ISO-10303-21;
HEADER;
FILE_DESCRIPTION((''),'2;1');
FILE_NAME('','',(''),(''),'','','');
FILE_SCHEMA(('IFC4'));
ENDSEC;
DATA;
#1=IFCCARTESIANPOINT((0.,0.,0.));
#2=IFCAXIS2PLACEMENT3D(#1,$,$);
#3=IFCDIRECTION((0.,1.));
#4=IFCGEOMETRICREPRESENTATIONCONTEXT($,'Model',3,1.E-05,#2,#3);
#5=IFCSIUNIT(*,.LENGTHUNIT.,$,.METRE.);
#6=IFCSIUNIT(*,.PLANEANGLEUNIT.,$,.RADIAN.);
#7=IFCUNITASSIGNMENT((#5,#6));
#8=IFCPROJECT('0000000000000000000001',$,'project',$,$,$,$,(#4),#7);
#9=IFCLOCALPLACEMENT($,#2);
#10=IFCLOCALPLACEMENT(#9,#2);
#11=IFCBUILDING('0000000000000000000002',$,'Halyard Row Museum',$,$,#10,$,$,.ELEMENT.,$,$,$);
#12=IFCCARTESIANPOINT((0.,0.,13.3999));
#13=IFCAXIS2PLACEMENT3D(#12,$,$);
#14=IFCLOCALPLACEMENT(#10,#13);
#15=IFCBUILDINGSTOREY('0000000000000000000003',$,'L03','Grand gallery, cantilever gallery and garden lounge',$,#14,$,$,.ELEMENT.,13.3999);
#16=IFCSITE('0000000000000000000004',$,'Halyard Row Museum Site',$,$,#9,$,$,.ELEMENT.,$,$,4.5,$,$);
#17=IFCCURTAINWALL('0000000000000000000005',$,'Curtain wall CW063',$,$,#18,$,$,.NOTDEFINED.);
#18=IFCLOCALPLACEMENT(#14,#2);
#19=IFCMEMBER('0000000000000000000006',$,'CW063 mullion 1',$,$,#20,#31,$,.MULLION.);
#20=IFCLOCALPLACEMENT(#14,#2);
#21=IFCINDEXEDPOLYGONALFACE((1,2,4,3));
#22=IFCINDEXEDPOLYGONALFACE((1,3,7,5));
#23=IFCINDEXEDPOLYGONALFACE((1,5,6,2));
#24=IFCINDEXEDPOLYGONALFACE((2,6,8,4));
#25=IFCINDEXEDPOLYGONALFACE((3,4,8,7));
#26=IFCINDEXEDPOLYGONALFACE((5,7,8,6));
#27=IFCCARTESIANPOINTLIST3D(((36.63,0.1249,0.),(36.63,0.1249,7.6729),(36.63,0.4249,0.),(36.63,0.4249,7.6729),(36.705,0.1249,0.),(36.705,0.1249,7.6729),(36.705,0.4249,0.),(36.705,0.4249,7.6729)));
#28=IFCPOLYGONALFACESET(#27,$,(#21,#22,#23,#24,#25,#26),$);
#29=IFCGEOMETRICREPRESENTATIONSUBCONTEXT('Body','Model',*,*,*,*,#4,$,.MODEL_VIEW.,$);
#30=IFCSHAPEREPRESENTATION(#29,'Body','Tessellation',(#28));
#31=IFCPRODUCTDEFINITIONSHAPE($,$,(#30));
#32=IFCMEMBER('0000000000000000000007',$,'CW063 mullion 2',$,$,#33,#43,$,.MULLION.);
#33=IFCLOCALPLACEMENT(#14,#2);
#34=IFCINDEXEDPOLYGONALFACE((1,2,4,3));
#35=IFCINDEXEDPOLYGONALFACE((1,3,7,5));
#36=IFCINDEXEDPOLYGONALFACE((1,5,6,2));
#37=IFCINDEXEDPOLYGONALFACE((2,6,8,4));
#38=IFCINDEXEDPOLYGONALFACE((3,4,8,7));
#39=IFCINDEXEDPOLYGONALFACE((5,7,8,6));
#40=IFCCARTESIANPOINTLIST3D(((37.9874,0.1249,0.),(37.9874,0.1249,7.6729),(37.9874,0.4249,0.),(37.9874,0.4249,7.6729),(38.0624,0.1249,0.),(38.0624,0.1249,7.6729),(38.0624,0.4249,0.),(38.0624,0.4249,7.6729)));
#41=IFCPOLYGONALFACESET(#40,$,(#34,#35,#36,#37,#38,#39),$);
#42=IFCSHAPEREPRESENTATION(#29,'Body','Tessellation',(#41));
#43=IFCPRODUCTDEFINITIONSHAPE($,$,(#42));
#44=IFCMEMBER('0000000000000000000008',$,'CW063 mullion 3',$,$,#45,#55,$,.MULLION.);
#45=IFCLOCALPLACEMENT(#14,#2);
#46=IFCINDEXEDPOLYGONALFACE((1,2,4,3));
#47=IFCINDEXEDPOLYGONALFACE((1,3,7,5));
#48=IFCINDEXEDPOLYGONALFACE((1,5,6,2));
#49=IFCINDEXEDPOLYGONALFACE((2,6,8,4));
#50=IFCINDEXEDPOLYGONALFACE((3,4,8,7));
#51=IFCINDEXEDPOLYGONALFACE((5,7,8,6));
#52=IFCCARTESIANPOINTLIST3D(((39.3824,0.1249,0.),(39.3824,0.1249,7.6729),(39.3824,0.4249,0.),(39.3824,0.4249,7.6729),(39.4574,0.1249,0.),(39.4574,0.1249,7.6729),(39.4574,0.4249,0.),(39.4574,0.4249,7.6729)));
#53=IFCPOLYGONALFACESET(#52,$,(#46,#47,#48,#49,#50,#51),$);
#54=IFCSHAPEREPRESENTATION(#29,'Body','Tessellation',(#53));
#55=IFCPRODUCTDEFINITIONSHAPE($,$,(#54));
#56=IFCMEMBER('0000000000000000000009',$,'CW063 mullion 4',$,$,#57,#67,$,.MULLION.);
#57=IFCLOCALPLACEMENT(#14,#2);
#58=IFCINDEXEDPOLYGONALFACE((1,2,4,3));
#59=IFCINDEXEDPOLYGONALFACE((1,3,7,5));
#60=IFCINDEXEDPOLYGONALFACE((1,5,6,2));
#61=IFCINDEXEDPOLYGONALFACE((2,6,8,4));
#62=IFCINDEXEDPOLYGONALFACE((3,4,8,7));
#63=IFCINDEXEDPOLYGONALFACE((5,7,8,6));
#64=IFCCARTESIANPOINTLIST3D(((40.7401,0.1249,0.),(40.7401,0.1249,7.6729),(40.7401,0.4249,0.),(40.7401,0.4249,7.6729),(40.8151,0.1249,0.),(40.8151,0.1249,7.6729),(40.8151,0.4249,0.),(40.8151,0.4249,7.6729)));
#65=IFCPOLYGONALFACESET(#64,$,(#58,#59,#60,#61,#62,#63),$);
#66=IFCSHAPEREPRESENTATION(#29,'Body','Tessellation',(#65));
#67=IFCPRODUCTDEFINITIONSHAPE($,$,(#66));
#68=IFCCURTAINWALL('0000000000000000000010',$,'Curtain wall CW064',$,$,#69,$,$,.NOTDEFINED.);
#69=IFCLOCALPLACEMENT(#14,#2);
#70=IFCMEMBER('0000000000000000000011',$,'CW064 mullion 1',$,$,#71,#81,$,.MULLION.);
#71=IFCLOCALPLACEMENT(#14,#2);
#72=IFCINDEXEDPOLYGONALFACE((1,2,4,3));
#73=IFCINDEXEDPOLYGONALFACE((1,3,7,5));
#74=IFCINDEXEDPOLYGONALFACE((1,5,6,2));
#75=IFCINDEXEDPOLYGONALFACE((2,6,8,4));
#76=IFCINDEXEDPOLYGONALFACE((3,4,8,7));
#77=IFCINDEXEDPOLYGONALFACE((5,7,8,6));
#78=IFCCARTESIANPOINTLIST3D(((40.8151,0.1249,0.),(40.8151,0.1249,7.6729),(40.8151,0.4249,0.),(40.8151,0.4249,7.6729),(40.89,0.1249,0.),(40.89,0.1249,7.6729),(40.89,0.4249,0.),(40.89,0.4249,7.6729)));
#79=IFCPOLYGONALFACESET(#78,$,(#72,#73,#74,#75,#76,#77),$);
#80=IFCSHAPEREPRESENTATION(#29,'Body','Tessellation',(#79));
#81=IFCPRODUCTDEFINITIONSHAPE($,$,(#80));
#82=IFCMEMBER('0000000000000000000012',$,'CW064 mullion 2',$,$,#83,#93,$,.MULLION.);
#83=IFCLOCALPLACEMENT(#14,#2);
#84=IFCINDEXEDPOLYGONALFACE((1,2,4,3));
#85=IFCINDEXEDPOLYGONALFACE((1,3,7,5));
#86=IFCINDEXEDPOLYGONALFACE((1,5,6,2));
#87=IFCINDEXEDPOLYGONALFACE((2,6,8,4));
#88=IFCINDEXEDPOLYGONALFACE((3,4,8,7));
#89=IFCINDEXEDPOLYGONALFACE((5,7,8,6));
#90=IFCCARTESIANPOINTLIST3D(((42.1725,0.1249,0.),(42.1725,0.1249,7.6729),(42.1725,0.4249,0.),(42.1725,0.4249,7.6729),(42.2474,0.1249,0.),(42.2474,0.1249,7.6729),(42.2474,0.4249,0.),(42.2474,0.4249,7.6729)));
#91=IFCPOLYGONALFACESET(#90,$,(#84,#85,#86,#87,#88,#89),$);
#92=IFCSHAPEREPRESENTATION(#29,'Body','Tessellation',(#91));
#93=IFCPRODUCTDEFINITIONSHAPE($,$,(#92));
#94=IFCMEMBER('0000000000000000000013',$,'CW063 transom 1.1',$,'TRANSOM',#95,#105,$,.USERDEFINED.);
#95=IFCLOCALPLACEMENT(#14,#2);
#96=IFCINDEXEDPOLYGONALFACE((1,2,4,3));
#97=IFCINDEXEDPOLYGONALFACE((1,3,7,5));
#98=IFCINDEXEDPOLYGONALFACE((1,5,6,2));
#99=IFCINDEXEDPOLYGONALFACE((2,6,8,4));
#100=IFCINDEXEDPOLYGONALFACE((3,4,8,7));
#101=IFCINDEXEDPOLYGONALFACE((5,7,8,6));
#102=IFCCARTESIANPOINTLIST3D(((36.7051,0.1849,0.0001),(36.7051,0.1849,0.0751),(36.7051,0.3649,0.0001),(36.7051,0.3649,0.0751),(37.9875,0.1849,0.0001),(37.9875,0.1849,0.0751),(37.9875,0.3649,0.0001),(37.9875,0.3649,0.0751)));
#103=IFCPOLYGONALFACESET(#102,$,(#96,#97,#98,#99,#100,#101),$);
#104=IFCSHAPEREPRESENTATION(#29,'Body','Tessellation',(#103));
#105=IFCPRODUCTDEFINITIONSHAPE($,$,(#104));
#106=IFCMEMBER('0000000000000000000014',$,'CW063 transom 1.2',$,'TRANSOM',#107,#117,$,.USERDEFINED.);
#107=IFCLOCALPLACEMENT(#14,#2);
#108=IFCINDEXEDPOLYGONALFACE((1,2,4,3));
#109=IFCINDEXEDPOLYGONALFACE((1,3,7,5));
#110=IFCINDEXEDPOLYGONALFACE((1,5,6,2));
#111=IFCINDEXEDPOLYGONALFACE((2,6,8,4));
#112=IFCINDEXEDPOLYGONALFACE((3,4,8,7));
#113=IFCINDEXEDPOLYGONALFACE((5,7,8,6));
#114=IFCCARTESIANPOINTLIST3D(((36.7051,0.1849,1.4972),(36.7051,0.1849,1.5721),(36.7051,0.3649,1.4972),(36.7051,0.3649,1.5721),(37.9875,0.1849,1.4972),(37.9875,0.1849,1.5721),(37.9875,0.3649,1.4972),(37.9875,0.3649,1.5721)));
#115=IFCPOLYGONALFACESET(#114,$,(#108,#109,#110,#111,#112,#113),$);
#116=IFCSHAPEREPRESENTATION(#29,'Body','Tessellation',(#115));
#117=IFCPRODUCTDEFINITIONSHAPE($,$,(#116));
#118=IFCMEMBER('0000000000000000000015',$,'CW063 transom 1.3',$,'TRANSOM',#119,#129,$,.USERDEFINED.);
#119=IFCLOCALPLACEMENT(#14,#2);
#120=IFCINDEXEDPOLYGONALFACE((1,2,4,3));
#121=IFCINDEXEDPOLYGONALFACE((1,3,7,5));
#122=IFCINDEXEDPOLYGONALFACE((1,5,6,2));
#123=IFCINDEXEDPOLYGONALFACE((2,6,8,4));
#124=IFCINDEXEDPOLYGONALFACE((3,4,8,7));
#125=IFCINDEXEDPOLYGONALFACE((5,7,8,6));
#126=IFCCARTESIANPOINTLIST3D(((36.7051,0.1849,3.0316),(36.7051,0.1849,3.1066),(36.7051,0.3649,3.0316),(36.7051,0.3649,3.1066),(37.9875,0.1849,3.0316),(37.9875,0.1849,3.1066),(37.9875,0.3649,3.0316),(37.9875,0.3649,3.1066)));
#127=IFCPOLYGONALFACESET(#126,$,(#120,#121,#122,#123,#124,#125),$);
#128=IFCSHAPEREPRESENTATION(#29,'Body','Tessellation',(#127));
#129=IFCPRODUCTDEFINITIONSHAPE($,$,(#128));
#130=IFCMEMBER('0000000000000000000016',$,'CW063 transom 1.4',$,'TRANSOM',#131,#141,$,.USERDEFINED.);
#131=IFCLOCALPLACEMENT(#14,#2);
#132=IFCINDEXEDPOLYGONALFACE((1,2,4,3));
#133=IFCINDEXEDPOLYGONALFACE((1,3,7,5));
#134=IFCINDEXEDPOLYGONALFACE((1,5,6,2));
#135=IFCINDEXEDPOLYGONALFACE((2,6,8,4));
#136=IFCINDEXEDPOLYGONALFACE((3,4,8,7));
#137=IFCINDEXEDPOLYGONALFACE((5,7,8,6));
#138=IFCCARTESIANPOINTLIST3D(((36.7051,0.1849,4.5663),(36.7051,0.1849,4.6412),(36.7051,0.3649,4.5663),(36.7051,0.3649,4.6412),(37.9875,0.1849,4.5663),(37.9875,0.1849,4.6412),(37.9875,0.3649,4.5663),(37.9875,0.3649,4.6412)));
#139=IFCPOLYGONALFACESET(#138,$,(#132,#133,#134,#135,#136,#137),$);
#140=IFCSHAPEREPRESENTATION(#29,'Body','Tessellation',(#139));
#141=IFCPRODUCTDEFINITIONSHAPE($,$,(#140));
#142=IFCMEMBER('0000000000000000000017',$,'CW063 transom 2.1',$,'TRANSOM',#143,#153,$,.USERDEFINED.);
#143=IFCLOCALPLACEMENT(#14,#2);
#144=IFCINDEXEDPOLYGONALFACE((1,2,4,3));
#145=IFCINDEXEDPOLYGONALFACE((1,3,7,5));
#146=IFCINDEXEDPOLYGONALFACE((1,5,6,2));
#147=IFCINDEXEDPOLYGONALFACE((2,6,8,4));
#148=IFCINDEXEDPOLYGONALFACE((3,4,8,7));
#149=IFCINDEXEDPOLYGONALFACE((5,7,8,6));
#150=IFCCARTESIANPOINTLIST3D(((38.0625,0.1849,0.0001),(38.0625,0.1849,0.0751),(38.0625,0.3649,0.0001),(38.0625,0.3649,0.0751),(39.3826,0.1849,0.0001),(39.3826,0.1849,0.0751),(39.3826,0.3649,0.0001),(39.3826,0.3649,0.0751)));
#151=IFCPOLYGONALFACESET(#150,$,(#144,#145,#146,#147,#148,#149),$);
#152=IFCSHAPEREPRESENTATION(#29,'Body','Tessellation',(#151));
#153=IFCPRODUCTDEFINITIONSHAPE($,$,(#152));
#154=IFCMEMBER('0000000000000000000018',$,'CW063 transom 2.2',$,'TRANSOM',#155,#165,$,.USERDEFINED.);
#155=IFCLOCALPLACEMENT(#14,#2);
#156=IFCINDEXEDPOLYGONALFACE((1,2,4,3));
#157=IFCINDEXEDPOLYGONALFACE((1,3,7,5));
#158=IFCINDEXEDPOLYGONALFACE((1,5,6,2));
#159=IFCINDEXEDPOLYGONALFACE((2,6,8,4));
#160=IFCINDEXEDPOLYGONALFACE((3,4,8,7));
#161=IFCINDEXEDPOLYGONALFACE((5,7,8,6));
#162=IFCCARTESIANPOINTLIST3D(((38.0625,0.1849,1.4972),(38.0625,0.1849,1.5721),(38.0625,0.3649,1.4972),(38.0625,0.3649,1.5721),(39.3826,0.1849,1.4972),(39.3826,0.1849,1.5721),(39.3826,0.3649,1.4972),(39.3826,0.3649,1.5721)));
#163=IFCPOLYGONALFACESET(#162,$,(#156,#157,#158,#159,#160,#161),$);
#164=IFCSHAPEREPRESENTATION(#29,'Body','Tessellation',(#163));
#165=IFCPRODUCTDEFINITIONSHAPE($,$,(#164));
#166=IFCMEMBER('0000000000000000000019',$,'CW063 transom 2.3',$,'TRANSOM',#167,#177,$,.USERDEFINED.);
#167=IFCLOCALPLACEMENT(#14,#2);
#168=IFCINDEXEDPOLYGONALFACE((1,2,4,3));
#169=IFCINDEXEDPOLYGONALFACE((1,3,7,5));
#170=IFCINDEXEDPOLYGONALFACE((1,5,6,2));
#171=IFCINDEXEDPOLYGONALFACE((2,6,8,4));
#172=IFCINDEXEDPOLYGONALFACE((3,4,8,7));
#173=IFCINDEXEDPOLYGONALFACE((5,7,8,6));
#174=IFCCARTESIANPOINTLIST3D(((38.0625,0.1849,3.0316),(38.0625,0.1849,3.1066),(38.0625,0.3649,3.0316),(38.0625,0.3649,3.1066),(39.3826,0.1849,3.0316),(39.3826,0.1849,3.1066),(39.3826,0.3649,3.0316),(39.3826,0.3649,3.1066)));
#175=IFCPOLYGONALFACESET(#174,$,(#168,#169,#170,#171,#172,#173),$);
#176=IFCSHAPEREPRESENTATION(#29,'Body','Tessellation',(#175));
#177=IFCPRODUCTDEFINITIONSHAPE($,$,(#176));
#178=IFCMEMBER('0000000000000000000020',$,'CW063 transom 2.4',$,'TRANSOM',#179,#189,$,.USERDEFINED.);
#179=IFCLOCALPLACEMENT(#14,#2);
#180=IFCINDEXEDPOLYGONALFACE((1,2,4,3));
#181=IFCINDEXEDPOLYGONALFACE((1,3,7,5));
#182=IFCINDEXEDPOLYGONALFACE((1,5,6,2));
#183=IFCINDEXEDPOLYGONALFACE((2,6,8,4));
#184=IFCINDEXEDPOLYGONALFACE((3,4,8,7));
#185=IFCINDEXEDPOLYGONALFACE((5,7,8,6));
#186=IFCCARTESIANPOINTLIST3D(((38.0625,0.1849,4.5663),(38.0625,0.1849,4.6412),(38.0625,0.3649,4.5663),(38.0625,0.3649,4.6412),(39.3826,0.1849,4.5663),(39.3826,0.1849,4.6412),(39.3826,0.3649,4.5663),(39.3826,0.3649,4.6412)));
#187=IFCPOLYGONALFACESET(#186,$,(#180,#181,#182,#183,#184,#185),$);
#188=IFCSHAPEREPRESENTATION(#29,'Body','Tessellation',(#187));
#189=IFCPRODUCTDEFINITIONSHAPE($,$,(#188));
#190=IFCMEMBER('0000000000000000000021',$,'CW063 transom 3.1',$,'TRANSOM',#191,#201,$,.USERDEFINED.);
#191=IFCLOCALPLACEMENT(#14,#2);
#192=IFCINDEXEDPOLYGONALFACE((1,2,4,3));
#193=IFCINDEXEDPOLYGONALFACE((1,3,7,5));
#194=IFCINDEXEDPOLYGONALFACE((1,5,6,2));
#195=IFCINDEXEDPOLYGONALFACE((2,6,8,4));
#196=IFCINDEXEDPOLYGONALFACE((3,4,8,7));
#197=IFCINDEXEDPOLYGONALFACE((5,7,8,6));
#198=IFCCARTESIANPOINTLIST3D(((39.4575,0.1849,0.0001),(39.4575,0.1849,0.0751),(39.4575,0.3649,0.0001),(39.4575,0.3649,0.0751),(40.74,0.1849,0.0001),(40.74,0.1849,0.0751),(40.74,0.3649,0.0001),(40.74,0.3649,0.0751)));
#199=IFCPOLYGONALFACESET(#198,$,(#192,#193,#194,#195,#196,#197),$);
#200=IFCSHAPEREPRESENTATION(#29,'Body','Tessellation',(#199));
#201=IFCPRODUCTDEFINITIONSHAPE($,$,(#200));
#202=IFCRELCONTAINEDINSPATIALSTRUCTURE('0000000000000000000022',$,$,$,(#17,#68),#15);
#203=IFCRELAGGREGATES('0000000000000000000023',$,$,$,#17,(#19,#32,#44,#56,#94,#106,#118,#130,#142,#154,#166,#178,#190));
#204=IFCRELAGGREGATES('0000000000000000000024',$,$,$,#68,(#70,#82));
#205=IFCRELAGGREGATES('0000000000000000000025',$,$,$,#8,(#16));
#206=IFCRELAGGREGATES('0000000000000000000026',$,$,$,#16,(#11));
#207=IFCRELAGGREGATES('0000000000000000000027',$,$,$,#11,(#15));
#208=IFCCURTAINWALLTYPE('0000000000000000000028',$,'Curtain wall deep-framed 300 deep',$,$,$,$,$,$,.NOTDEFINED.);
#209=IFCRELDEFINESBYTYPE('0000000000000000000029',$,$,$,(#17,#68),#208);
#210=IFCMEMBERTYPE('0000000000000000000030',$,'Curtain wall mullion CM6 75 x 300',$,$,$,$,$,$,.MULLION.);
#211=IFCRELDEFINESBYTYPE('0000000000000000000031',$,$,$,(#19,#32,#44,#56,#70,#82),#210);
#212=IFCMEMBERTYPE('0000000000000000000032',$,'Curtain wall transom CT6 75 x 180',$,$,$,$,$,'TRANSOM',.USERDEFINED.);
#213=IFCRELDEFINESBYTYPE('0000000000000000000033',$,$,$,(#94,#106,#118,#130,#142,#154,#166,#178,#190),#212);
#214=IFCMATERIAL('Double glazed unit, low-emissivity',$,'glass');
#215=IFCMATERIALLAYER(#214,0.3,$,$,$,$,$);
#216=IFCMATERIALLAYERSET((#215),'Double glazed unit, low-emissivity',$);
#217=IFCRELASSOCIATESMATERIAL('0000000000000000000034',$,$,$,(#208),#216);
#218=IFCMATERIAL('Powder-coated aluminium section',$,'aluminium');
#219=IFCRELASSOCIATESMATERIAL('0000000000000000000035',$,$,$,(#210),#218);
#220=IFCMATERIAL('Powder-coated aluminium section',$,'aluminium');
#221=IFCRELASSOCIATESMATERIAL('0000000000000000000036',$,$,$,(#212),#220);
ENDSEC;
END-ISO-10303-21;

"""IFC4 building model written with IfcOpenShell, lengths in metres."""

from ifc_helpers import new_model, si_unit, direction, frame, origin, origin_2d, place, context, subcontext, project, spatial, rectangle, extrude, material, layer, layer_set, material_profile, profile_set, type_object, element, aggregate, save


model = new_model("IFC4")

# Units and contexts
model_context = context("Model", 3, precision=1e-05, world=origin(), true_north=direction((0.0, 1.0)))
body_context = subcontext(model_context, "Body", "Model", "MODEL_VIEW")
ifc_project = project(units=[si_unit("LENGTHUNIT", "METRE"), si_unit("PLANEANGLEUNIT", "RADIAN")], contexts=[model_context])

# Site, building, storey
site_placement = place(None, origin())
site = spatial("IfcSite", under=ifc_project, at=site_placement, Name="Halyard Row Museum Site", CompositionType="ELEMENT", RefElevation=4.5)
building_placement = place(site_placement, origin())
building = spatial("IfcBuilding", under=site, at=building_placement, Name="Halyard Row Museum", CompositionType="ELEMENT")
storey_placement = place(building_placement, frame((0.0, 0.0, 13.3999)))
storey = spatial("IfcBuildingStorey", under=building, at=storey_placement, Name="L03", Description="Grand gallery, cantilever gallery and garden lounge", CompositionType="ELEMENT", Elevation=13.3999)

# Curtain walls, members
ifc_material_1 = material(Name="Double glazed unit, low-emissivity", Category="glass")
ifc_layer_1 = layer(ifc_material_1, 0.3)
ifc_layer_set_1 = layer_set([ifc_layer_1], Name="Double glazed unit, low-emissivity")
curtain_wall_type = type_object("IfcCurtainWallType", Name="Curtain wall deep-framed 300 deep", PredefinedType="NOTDEFINED", material=ifc_layer_set_1)
curtain_wall_1_placement = place(storey_placement, origin())
curtain_wall_1 = element("IfcCurtainWall", 1, at=curtain_wall_1_placement, inside=storey, type_object=curtain_wall_type, Name="Curtain wall CW063", PredefinedType="NOTDEFINED")
ifc_material_2 = material(Name="Powder-coated aluminium section", Category="aluminium")
ifc_material_profile_1 = material_profile(ifc_material_2, rectangle(XDim=0.3, YDim=0.075, at=origin_2d()), Name="300x75 mullion")
ifc_profile_set_1 = profile_set([ifc_material_profile_1], Name="Powder-coated aluminium section")
member_type_1 = type_object("IfcMemberType", Name="Curtain wall mullion CM6 75 x 300", PredefinedType="MULLION", material=ifc_profile_set_1)
member_1_placement = place(storey_placement, frame((36.6675, 0.2749, 0.0), z_axis=(0.0, 0.0, 1.0), x_axis=(0.0, 1.0, 0.0)))
member_1 = element("IfcMember", 2, at=member_1_placement, type_object=member_type_1, Name="CW063 mullion 1", PredefinedType="MULLION", context=body_context, shape_type="SweptSolid", body=[
    extrude(rectangle(XDim=0.3, YDim=0.075, at=origin_2d()), origin(), (0.0, 0.0, 1.0), 7.6729),
])
member_2_placement = place(storey_placement, frame((38.0249, 0.2749, 0.0), z_axis=(0.0, 0.0, 1.0), x_axis=(0.0, 1.0, 0.0)))
member_2 = element("IfcMember", 3, at=member_2_placement, type_object=member_type_1, Name="CW063 mullion 2", PredefinedType="MULLION", context=body_context, shape_type="SweptSolid", body=[
    extrude(rectangle(XDim=0.3, YDim=0.075, at=origin_2d()), origin(), (0.0, 0.0, 1.0), 7.6729),
])
member_3_placement = place(storey_placement, frame((39.4199, 0.2749, 0.0), z_axis=(0.0, 0.0, 1.0), x_axis=(0.0, 1.0, 0.0)))
member_3 = element("IfcMember", 4, at=member_3_placement, type_object=member_type_1, Name="CW063 mullion 3", PredefinedType="MULLION", context=body_context, shape_type="SweptSolid", body=[
    extrude(rectangle(XDim=0.3, YDim=0.075, at=origin_2d()), origin(), (0.0, 0.0, 1.0), 7.6729),
])
member_4_placement = place(storey_placement, frame((40.7776, 0.2749, 0.0), z_axis=(0.0, 0.0, 1.0), x_axis=(0.0, 1.0, 0.0)))
member_4 = element("IfcMember", 5, at=member_4_placement, type_object=member_type_1, Name="CW063 mullion 4", PredefinedType="MULLION", context=body_context, shape_type="SweptSolid", body=[
    extrude(rectangle(XDim=0.3, YDim=0.075, at=origin_2d()), origin(), (0.0, 0.0, 1.0), 7.6729),
])
curtain_wall_2_placement = place(storey_placement, origin())
curtain_wall_2 = element("IfcCurtainWall", 6, at=curtain_wall_2_placement, inside=storey, type_object=curtain_wall_type, Name="Curtain wall CW064", PredefinedType="NOTDEFINED")
member_5_placement = place(storey_placement, frame((40.8525, 0.2749, 0.0), z_axis=(0.0, 0.0, 1.0), x_axis=(0.0, 1.0, 0.0)))
member_5 = element("IfcMember", 7, at=member_5_placement, type_object=member_type_1, Name="CW064 mullion 1", PredefinedType="MULLION", context=body_context, shape_type="SweptSolid", body=[
    extrude(rectangle(XDim=0.3, YDim=0.075, at=origin_2d()), origin(), (0.0, 0.0, 1.0), 7.6729),
])
member_6_placement = place(storey_placement, frame((42.21, 0.2749, 0.0), z_axis=(0.0, 0.0, 1.0), x_axis=(0.0, 1.0, 0.0)))
member_6 = element("IfcMember", 8, at=member_6_placement, type_object=member_type_1, Name="CW064 mullion 2", PredefinedType="MULLION", context=body_context, shape_type="SweptSolid", body=[
    extrude(rectangle(XDim=0.3, YDim=0.075, at=origin_2d()), origin(), (0.0, 0.0, 1.0), 7.6729),
])

# Members
ifc_material_3 = material(Name="Powder-coated aluminium section", Category="aluminium")
ifc_material_profile_2 = material_profile(ifc_material_3, rectangle(XDim=0.1799, YDim=0.075, at=origin_2d()), Name="180x75 transom")
ifc_profile_set_2 = profile_set([ifc_material_profile_2], Name="Powder-coated aluminium section")
member_type_2 = type_object("IfcMemberType", Name="Curtain wall transom CT6 75 x 180", ElementType="TRANSOM", PredefinedType="USERDEFINED", material=ifc_profile_set_2)
member_7_placement = place(storey_placement, frame((36.7051, 0.2749, 0.0376), z_axis=(1.0, 0.0, 0.0), x_axis=(0.0, 1.0, 0.0)))
member_7 = element("IfcMember", 9, at=member_7_placement, type_object=member_type_2, Name="CW063 transom 1.1", ObjectType="TRANSOM", PredefinedType="USERDEFINED", context=body_context, shape_type="SweptSolid", body=[
    extrude(rectangle(XDim=0.1799, YDim=0.075, at=origin_2d()), origin(), (0.0, 0.0, 1.0), 1.2825),
])
member_8_placement = place(storey_placement, frame((36.7051, 0.2749, 1.5347), z_axis=(1.0, 0.0, 0.0), x_axis=(0.0, 1.0, 0.0)))
member_8 = element("IfcMember", 10, at=member_8_placement, type_object=member_type_2, Name="CW063 transom 1.2", ObjectType="TRANSOM", PredefinedType="USERDEFINED", context=body_context, shape_type="SweptSolid", body=[
    extrude(rectangle(XDim=0.1799, YDim=0.075, at=origin_2d()), origin(), (0.0, 0.0, 1.0), 1.2825),
])
member_9_placement = place(storey_placement, frame((36.7051, 0.2749, 3.0691), z_axis=(1.0, 0.0, 0.0), x_axis=(0.0, 1.0, 0.0)))
member_9 = element("IfcMember", 11, at=member_9_placement, type_object=member_type_2, Name="CW063 transom 1.3", ObjectType="TRANSOM", PredefinedType="USERDEFINED", context=body_context, shape_type="SweptSolid", body=[
    extrude(rectangle(XDim=0.1799, YDim=0.075, at=origin_2d()), origin(), (0.0, 0.0, 1.0), 1.2825),
])
member_10_placement = place(storey_placement, frame((36.7051, 0.2749, 4.6038), z_axis=(1.0, 0.0, 0.0), x_axis=(0.0, 1.0, 0.0)))
member_10 = element("IfcMember", 12, at=member_10_placement, type_object=member_type_2, Name="CW063 transom 1.4", ObjectType="TRANSOM", PredefinedType="USERDEFINED", context=body_context, shape_type="SweptSolid", body=[
    extrude(rectangle(XDim=0.1799, YDim=0.075, at=origin_2d()), origin(), (0.0, 0.0, 1.0), 1.2825),
])
member_11_placement = place(storey_placement, frame((38.0625, 0.2749, 0.0376), z_axis=(1.0, 0.0, 0.0), x_axis=(0.0, 1.0, 0.0)))
member_11 = element("IfcMember", 13, at=member_11_placement, type_object=member_type_2, Name="CW063 transom 2.1", ObjectType="TRANSOM", PredefinedType="USERDEFINED", context=body_context, shape_type="SweptSolid", body=[
    extrude(rectangle(XDim=0.1799, YDim=0.075, at=origin_2d()), origin(), (0.0, 0.0, 1.0), 1.3201),
])
member_12_placement = place(storey_placement, frame((38.0625, 0.2749, 1.5347), z_axis=(1.0, 0.0, 0.0), x_axis=(0.0, 1.0, 0.0)))
member_12 = element("IfcMember", 14, at=member_12_placement, type_object=member_type_2, Name="CW063 transom 2.2", ObjectType="TRANSOM", PredefinedType="USERDEFINED", context=body_context, shape_type="SweptSolid", body=[
    extrude(rectangle(XDim=0.1799, YDim=0.075, at=origin_2d()), origin(), (0.0, 0.0, 1.0), 1.3201),
])
member_13_placement = place(storey_placement, frame((38.0625, 0.2749, 3.0691), z_axis=(1.0, 0.0, 0.0), x_axis=(0.0, 1.0, 0.0)))
member_13 = element("IfcMember", 15, at=member_13_placement, type_object=member_type_2, Name="CW063 transom 2.3", ObjectType="TRANSOM", PredefinedType="USERDEFINED", context=body_context, shape_type="SweptSolid", body=[
    extrude(rectangle(XDim=0.1799, YDim=0.075, at=origin_2d()), origin(), (0.0, 0.0, 1.0), 1.3201),
])
member_14_placement = place(storey_placement, frame((38.0625, 0.2749, 4.6038), z_axis=(1.0, 0.0, 0.0), x_axis=(0.0, 1.0, 0.0)))
member_14 = element("IfcMember", 16, at=member_14_placement, type_object=member_type_2, Name="CW063 transom 2.4", ObjectType="TRANSOM", PredefinedType="USERDEFINED", context=body_context, shape_type="SweptSolid", body=[
    extrude(rectangle(XDim=0.1799, YDim=0.075, at=origin_2d()), origin(), (0.0, 0.0, 1.0), 1.3201),
])
member_15_placement = place(storey_placement, frame((39.4575, 0.2749, 0.0376), z_axis=(1.0, 0.0, 0.0), x_axis=(0.0, 1.0, 0.0)))
member_15 = element("IfcMember", 17, at=member_15_placement, type_object=member_type_2, Name="CW063 transom 3.1", ObjectType="TRANSOM", PredefinedType="USERDEFINED", context=body_context, shape_type="SweptSolid", body=[
    extrude(rectangle(XDim=0.1799, YDim=0.075, at=origin_2d()), origin(), (0.0, 0.0, 1.0), 1.2825),
])

aggregate(curtain_wall_1, [member_1, member_2, member_3, member_4, member_7, member_8, member_9, member_10, member_11, member_12, member_13, member_14, member_15])
aggregate(curtain_wall_2, [member_5, member_6])

save(model, "model.ifc")
